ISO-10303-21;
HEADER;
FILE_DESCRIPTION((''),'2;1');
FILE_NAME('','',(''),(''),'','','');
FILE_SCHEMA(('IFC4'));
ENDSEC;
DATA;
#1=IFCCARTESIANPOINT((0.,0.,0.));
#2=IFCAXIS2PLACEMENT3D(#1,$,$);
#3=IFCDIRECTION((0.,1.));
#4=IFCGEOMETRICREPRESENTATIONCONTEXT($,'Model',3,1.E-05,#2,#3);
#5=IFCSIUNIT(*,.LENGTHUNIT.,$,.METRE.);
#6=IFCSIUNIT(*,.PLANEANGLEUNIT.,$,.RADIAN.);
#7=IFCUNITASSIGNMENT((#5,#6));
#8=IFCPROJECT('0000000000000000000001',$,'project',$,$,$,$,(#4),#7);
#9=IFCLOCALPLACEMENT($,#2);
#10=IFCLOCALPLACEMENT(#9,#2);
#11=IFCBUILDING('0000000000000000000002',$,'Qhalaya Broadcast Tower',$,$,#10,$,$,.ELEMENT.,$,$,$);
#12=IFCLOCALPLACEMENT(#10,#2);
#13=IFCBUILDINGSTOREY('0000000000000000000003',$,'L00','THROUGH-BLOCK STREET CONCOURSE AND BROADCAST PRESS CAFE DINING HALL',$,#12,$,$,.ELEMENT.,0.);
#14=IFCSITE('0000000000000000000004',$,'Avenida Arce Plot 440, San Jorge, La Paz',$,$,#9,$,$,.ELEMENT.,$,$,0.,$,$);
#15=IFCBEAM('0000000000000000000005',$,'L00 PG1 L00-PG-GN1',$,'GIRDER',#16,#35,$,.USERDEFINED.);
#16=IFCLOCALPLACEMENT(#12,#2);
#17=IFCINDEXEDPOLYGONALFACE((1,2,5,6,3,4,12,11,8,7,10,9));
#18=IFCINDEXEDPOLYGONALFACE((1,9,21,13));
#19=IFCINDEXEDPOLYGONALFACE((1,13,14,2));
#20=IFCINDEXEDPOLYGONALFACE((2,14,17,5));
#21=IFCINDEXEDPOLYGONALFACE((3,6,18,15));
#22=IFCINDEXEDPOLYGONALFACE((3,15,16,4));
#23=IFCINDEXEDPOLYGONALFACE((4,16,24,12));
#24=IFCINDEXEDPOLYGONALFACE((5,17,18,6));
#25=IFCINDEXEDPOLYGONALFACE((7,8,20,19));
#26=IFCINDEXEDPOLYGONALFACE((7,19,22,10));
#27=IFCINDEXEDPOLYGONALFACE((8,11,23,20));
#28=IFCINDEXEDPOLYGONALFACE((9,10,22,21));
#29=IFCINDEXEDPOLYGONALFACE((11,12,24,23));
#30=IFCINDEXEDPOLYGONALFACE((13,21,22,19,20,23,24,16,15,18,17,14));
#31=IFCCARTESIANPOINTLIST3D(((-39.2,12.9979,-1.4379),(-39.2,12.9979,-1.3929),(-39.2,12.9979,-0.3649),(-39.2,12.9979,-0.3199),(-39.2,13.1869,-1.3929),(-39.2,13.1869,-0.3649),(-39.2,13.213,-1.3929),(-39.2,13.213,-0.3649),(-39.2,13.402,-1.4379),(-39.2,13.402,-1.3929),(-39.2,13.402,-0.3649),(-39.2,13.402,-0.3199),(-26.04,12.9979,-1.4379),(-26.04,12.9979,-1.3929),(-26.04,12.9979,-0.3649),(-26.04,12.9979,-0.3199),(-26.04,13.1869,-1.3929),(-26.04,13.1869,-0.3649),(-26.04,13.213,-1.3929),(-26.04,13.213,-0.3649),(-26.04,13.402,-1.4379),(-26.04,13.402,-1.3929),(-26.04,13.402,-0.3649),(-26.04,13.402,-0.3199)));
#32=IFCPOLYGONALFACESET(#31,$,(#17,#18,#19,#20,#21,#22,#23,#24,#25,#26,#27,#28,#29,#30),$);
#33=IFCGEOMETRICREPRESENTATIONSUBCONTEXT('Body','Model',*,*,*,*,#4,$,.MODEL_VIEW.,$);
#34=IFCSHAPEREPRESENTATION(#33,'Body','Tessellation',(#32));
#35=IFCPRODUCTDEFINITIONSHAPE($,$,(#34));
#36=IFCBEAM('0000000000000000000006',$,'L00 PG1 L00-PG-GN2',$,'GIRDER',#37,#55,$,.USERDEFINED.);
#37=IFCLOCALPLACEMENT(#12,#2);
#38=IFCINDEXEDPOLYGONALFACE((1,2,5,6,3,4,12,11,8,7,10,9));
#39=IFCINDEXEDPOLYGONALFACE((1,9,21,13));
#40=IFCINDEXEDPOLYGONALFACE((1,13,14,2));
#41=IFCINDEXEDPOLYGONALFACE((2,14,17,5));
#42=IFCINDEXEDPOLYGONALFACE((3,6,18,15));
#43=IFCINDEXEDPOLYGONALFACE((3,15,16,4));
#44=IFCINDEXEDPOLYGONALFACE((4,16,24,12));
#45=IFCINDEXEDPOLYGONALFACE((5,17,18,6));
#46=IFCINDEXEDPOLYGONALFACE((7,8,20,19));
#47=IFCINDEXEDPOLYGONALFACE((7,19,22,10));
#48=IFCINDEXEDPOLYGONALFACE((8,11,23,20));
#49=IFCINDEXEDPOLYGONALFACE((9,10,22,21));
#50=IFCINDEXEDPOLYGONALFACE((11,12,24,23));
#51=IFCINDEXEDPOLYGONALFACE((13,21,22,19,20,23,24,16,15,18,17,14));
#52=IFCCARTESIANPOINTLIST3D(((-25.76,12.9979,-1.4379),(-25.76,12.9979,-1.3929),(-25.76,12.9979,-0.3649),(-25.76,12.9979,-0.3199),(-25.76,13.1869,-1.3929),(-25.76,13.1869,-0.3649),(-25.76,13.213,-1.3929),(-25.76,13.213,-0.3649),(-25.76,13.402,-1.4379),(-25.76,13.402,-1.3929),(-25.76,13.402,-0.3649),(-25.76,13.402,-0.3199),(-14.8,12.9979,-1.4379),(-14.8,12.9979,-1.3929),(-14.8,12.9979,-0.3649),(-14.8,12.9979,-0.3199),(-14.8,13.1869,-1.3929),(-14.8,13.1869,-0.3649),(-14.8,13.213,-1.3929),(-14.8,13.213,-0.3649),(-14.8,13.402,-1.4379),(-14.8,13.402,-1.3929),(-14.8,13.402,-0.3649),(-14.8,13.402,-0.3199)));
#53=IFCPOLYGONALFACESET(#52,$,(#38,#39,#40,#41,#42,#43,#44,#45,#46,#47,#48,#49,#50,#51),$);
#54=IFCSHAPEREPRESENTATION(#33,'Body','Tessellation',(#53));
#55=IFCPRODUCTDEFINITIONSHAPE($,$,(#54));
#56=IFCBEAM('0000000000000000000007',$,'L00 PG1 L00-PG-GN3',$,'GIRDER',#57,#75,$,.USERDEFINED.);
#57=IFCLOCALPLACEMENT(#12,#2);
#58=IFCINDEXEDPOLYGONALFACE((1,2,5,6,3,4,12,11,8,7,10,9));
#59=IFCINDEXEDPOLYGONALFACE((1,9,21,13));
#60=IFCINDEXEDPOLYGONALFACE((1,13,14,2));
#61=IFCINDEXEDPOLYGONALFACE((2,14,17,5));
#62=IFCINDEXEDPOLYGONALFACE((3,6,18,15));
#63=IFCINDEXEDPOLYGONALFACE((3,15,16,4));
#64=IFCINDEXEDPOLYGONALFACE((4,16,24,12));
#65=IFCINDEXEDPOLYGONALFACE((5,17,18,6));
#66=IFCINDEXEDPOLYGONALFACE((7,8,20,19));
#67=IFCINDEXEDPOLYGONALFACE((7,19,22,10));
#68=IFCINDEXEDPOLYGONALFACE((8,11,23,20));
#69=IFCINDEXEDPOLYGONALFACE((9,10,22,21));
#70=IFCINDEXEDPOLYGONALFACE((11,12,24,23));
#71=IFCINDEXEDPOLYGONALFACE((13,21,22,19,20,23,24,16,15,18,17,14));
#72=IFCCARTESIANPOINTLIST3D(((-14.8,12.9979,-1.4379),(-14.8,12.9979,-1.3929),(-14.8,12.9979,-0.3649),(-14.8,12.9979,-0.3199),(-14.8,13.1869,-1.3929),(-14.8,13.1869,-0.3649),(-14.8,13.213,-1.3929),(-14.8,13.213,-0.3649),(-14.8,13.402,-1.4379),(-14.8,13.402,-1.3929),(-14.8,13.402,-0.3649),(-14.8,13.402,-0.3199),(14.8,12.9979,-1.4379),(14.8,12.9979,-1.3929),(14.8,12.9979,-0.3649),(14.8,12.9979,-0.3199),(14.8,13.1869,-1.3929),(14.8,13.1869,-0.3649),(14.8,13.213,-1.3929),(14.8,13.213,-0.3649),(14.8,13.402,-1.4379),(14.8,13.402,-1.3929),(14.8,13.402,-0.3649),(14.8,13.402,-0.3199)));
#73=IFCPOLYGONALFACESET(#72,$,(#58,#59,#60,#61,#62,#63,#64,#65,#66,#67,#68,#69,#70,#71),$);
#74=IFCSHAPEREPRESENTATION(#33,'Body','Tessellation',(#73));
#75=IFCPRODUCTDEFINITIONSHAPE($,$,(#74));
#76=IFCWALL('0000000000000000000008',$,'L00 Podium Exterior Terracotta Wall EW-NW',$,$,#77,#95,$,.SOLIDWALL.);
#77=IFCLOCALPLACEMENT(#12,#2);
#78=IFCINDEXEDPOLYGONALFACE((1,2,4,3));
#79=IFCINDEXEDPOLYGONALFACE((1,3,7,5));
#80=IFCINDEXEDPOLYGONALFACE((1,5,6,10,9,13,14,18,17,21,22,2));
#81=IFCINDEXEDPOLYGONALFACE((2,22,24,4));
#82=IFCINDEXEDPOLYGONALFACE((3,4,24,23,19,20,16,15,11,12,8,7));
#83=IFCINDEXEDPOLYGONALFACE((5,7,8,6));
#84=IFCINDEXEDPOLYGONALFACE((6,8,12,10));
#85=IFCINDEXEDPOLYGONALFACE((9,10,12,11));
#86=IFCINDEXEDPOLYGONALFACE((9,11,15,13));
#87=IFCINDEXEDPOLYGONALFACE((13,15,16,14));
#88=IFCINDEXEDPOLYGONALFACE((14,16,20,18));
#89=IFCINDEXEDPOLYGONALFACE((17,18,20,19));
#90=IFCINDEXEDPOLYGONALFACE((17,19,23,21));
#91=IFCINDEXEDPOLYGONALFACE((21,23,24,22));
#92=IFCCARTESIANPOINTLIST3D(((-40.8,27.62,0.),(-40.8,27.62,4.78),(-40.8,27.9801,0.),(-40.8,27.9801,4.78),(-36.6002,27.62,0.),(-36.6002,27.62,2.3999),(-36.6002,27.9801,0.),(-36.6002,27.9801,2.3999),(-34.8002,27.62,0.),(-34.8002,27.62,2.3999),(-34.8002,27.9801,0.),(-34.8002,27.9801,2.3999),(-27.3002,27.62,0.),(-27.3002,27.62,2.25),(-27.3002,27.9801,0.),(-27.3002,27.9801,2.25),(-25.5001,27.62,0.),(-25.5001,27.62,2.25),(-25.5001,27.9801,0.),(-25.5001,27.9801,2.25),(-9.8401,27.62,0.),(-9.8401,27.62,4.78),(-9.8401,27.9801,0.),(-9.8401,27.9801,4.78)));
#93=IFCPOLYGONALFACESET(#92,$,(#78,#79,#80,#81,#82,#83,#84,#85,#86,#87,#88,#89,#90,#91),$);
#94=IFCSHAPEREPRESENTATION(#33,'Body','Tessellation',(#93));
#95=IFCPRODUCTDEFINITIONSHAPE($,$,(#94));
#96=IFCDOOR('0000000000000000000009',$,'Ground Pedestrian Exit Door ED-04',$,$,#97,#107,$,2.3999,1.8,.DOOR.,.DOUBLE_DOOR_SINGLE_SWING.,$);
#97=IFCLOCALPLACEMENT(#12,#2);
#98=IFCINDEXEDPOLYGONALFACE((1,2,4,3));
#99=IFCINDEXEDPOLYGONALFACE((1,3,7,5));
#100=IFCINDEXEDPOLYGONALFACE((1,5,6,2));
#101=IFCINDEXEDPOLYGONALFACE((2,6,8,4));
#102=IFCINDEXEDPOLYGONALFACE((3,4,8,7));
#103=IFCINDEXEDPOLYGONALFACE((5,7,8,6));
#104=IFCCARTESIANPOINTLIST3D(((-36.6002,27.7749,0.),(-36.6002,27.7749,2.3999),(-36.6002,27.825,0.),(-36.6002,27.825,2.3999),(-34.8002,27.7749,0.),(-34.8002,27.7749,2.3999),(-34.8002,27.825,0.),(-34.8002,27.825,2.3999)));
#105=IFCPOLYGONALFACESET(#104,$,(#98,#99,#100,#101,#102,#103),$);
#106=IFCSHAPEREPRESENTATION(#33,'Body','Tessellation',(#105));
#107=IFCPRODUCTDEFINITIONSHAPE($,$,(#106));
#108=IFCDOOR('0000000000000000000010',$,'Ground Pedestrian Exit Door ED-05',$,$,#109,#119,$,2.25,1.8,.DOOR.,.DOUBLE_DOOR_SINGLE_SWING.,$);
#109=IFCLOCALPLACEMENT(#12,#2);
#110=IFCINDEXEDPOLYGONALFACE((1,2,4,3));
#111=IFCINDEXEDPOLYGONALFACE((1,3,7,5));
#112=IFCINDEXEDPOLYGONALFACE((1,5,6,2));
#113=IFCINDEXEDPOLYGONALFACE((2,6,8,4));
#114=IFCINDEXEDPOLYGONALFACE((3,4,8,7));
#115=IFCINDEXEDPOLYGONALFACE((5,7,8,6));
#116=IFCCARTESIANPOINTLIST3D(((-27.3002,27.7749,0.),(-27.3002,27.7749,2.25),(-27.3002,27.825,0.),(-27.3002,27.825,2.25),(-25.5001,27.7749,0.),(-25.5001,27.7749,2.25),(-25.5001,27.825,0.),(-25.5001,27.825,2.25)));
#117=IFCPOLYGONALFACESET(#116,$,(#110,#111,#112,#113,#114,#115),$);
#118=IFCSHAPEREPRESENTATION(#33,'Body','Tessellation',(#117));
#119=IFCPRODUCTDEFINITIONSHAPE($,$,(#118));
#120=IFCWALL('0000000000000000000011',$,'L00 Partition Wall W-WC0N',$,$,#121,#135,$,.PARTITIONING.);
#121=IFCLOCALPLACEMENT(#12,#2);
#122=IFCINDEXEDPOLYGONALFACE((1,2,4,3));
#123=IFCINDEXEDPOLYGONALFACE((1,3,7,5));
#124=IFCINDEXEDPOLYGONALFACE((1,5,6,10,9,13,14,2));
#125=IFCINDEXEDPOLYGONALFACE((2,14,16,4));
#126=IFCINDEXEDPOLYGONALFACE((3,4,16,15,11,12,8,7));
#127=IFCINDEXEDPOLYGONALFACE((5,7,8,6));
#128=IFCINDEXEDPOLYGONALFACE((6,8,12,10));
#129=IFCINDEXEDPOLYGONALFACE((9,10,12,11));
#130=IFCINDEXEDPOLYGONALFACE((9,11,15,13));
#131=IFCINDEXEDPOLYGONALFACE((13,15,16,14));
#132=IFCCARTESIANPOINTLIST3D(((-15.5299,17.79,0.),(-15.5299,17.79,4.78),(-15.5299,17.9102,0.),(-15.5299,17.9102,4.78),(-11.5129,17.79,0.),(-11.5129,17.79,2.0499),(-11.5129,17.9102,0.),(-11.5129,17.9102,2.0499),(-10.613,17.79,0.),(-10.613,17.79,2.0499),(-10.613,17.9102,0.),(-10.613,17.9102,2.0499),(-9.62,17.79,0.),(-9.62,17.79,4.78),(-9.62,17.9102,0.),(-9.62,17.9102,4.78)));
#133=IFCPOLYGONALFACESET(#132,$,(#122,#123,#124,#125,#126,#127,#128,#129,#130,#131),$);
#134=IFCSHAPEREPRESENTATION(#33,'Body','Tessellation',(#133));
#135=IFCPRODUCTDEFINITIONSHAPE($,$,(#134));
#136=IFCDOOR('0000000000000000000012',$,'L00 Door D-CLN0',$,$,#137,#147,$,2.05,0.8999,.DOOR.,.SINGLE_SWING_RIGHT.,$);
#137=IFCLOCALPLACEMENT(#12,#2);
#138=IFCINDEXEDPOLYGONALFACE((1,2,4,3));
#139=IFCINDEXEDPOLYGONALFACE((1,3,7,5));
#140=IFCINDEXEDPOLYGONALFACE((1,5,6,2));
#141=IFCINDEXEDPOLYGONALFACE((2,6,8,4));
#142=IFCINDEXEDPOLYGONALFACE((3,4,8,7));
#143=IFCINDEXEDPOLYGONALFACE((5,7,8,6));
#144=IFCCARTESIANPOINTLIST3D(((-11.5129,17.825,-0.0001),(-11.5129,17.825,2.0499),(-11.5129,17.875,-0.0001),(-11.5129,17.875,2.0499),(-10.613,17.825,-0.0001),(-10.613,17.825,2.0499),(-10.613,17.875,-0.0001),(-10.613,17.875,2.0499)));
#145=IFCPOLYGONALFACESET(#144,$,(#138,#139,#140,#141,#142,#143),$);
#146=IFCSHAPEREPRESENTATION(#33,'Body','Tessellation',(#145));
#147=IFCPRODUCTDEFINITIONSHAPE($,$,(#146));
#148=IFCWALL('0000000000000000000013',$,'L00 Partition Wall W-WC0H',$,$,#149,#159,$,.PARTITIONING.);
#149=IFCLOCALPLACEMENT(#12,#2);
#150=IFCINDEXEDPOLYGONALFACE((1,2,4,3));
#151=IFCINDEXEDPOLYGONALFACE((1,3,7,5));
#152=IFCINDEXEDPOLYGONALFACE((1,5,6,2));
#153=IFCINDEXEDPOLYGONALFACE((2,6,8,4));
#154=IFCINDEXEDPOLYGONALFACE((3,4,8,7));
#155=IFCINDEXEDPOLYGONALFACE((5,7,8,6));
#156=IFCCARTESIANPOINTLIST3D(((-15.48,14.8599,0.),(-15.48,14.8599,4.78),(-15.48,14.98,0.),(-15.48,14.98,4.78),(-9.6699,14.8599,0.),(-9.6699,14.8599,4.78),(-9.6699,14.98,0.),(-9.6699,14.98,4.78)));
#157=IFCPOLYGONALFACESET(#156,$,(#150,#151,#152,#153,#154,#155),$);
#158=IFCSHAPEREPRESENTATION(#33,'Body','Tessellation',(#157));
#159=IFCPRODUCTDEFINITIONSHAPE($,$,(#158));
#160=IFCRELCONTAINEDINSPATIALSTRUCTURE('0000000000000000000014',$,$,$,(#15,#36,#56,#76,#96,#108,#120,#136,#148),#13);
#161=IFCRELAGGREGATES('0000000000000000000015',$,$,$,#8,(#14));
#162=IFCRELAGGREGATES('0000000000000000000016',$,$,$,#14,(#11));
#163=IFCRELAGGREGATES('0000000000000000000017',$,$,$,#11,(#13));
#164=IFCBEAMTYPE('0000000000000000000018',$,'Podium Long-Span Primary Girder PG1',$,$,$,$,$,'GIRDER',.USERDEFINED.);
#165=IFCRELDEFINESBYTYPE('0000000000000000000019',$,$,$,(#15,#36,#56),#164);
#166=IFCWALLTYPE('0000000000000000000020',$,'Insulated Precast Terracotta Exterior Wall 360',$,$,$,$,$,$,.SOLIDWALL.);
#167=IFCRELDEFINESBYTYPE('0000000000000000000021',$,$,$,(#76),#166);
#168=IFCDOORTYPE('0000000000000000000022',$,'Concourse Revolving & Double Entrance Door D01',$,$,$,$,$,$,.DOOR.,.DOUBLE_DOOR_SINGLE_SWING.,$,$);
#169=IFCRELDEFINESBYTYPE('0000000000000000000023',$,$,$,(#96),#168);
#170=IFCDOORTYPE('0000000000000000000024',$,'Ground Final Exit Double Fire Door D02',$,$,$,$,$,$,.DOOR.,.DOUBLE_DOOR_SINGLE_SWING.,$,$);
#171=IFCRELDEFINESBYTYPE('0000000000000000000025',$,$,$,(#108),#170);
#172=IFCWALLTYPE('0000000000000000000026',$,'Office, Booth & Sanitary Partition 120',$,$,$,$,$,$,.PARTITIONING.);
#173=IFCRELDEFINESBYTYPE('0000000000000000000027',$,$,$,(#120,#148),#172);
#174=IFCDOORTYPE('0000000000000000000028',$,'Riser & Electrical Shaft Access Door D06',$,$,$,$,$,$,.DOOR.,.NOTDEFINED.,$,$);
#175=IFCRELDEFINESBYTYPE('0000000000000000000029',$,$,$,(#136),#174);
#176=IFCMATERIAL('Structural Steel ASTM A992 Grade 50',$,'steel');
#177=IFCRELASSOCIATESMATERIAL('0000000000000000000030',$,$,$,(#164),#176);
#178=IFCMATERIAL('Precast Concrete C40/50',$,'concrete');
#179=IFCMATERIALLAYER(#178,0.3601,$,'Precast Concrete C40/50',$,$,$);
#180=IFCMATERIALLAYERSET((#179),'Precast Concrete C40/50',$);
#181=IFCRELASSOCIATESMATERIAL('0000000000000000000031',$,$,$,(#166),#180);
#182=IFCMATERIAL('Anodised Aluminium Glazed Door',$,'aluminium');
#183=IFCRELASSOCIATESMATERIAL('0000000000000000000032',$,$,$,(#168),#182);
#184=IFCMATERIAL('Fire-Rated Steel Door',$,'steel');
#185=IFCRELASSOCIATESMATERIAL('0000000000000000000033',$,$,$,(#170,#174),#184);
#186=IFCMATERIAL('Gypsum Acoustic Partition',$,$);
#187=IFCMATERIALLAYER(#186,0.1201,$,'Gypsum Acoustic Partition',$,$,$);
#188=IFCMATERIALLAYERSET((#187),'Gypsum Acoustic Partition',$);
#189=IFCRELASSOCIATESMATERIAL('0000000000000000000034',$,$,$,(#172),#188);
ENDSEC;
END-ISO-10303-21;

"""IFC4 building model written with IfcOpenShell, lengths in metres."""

from ifc_helpers import new_model, si_unit, direction, frame, frame_2d, origin, origin_2d, place, context, subcontext, project, spatial, rectangle, i_section, extrude, material, layer, layer_set, material_profile, profile_set, type_object, element, fill, save


model = new_model("IFC4")

# Units and contexts
model_context = context("Model", 3, precision=1e-05, world=origin(), true_north=direction((0.0, 1.0)))
body_context = subcontext(model_context, "Body", "Model", "MODEL_VIEW")
ifc_project = project(units=[si_unit("LENGTHUNIT", "METRE"), si_unit("PLANEANGLEUNIT", "RADIAN")], contexts=[model_context])

# Site, building, storey
site_placement = place(None, origin())
site = spatial("IfcSite", under=ifc_project, at=site_placement, Name="Avenida Arce Plot 440, San Jorge, La Paz", CompositionType="ELEMENT", RefElevation=0.0)
building_placement = place(site_placement, origin())
building = spatial("IfcBuilding", under=site, at=building_placement, Name="Qhalaya Broadcast Tower", CompositionType="ELEMENT")
storey_placement = place(building_placement, origin())
storey = spatial("IfcBuildingStorey", under=building, at=storey_placement, Name="L00", Description="THROUGH-BLOCK STREET CONCOURSE AND BROADCAST PRESS CAFE DINING HALL", CompositionType="ELEMENT", Elevation=0.0)

# Beams
ifc_material_1 = material(Name="Structural Steel ASTM A992 Grade 50", Category="steel")
ifc_material_profile_1 = material_profile(ifc_material_1, i_section(OverallWidth=0.4041, OverallDepth=1.1179, WebThickness=0.0261, FlangeThickness=0.0449, at=origin_2d()), Name="W44X335")
ifc_profile_set_1 = profile_set([ifc_material_profile_1], Name="Structural Steel ASTM A992 Grade 50")
beam_type_1 = type_object("IfcBeamType", Name="Podium Long-Span Primary Girder PG1", ElementType="GIRDER", PredefinedType="USERDEFINED", material=ifc_profile_set_1)
beam_1_placement = place(storey_placement, frame((-39.2, 13.2, -0.8789), z_axis=(1.0, 0.0, 0.0), x_axis=(0.0, 1.0, 0.0)))
element("IfcBeam", 1, at=beam_1_placement, inside=storey, type_object=beam_type_1, Name="L00 PG1 L00-PG-GN1", ObjectType="GIRDER", PredefinedType="USERDEFINED", context=body_context, shape_type="SweptSolid", body=[
    extrude(i_section(OverallWidth=0.4041, OverallDepth=1.1179, WebThickness=0.0261, FlangeThickness=0.0449, at=origin_2d()), origin(), (0.0, 0.0, 1.0), 13.1599),
])
beam_2_placement = place(storey_placement, frame((-25.76, 13.2, -0.8789), z_axis=(1.0, 0.0, 0.0), x_axis=(0.0, 1.0, 0.0)))
element("IfcBeam", 2, at=beam_2_placement, inside=storey, type_object=beam_type_1, Name="L00 PG1 L00-PG-GN2", ObjectType="GIRDER", PredefinedType="USERDEFINED", context=body_context, shape_type="SweptSolid", body=[
    extrude(i_section(OverallWidth=0.4041, OverallDepth=1.1179, WebThickness=0.0261, FlangeThickness=0.0449, at=origin_2d()), origin(), (0.0, 0.0, 1.0), 10.96),
])
beam_3_placement = place(storey_placement, frame((-14.8, 13.2, -0.8789), z_axis=(1.0, 0.0, 0.0), x_axis=(0.0, 1.0, 0.0)))
element("IfcBeam", 3, at=beam_3_placement, inside=storey, type_object=beam_type_1, Name="L00 PG1 L00-PG-GN3", ObjectType="GIRDER", PredefinedType="USERDEFINED", context=body_context, shape_type="SweptSolid", body=[
    extrude(i_section(OverallWidth=0.4041, OverallDepth=1.1179, WebThickness=0.0261, FlangeThickness=0.0449, at=origin_2d()), origin(), (0.0, 0.0, 1.0), 29.6001),
])

# Wall, openings, doors
ifc_material_2 = material(Name="Precast Concrete C40/50", Category="concrete")
ifc_layer_1 = layer(ifc_material_2, 0.3601, Name="Precast Concrete C40/50")
ifc_layer_set_1 = layer_set([ifc_layer_1], Name="Precast Concrete C40/50")
wall_type_1 = type_object("IfcWallType", Name="Insulated Precast Terracotta Exterior Wall 360", PredefinedType="SOLIDWALL", material=ifc_layer_set_1)
wall_1_placement = place(storey_placement, frame((-40.8, 27.8, 0.0), z_axis=(0.0, 0.0, 1.0), x_axis=(1.0, 0.0, 0.0)))
wall_1 = element("IfcWall", 4, at=wall_1_placement, inside=storey, type_object=wall_type_1, Name="L00 Podium Exterior Terracotta Wall EW-NW", PredefinedType="SOLIDWALL", context=body_context, shape_type="SweptSolid", body=[
    extrude(rectangle(XDim=30.96, YDim=0.3601, at=frame_2d((15.48, 0.0))), origin(), (0.0, 0.0, 1.0), 4.78),
])
opening_1_placement = place(wall_1_placement, frame((4.2, 0.0, 0.0)))
opening_1 = element("IfcOpeningElement", 5, at=opening_1_placement, cuts=wall_1, PredefinedType="OPENING", context=body_context, shape_type="SweptSolid", body=[
    extrude(rectangle(XDim=1.8, YDim=2.3999, at=frame_2d((0.8999, 1.2))), frame((0.0, 0.1921, 0.0), z_axis=(0.0, -1.0, 0.0), x_axis=(1.0, 0.0, 0.0)), (0.0, 0.0, 1.0), 0.384),
])
opening_2_placement = place(wall_1_placement, frame((13.5, 0.0, 0.0)))
opening_2 = element("IfcOpeningElement", 6, at=opening_2_placement, cuts=wall_1, PredefinedType="OPENING", context=body_context, shape_type="SweptSolid", body=[
    extrude(rectangle(XDim=1.8, YDim=2.25, at=frame_2d((0.8999, 1.125))), frame((0.0, 0.1921, 0.0), z_axis=(0.0, -1.0, 0.0), x_axis=(1.0, 0.0, 0.0)), (0.0, 0.0, 1.0), 0.384),
])
ifc_material_3 = material(Name="Anodised Aluminium Glazed Door", Category="aluminium")
door_type_1 = type_object("IfcDoorType", Name="Concourse Revolving & Double Entrance Door D01", OperationType="DOUBLE_DOOR_SINGLE_SWING", PredefinedType="DOOR", material=ifc_material_3)
door_1_placement = place(opening_1_placement, origin())
door_1 = element("IfcDoor", 7, at=door_1_placement, inside=storey, type_object=door_type_1, Name="Ground Pedestrian Exit Door ED-04", OperationType="DOUBLE_DOOR_SINGLE_SWING", OverallHeight=2.3999, OverallWidth=1.8, PredefinedType="DOOR", context=body_context, shape_type="SweptSolid", body=[
    extrude(rectangle(XDim=1.8, YDim=2.3999, at=frame_2d((0.8999, 1.2))), frame((0.0, 0.0249, 0.0), z_axis=(0.0, -1.0, 0.0), x_axis=(1.0, 0.0, 0.0)), (0.0, 0.0, 1.0), 0.05),
])
fill(opening_1, door_1)
ifc_material_4 = material(Name="Fire-Rated Steel Door", Category="steel")
door_type_2 = type_object("IfcDoorType", Name="Ground Final Exit Double Fire Door D02", OperationType="DOUBLE_DOOR_SINGLE_SWING", PredefinedType="DOOR", material=ifc_material_4)
door_2_placement = place(opening_2_placement, origin())
door_2 = element("IfcDoor", 8, at=door_2_placement, inside=storey, type_object=door_type_2, Name="Ground Pedestrian Exit Door ED-05", OperationType="DOUBLE_DOOR_SINGLE_SWING", OverallHeight=2.25, OverallWidth=1.8, PredefinedType="DOOR", context=body_context, shape_type="SweptSolid", body=[
    extrude(rectangle(XDim=1.8, YDim=2.25, at=frame_2d((0.8999, 1.125))), frame((0.0, 0.0249, 0.0), z_axis=(0.0, -1.0, 0.0), x_axis=(1.0, 0.0, 0.0)), (0.0, 0.0, 1.0), 0.05),
])
fill(opening_2, door_2)

# Wall, opening, door
ifc_material_5 = material(Name="Gypsum Acoustic Partition")
ifc_layer_2 = layer(ifc_material_5, 0.1201, Name="Gypsum Acoustic Partition")
ifc_layer_set_2 = layer_set([ifc_layer_2], Name="Gypsum Acoustic Partition")
wall_type_2 = type_object("IfcWallType", Name="Office, Booth & Sanitary Partition 120", PredefinedType="PARTITIONING", material=ifc_layer_set_2)
wall_2_placement = place(storey_placement, frame((-15.53, 17.8501, 0.0), z_axis=(0.0, 0.0, 1.0), x_axis=(1.0, 0.0, 0.0)))
wall_2 = element("IfcWall", 9, at=wall_2_placement, inside=storey, type_object=wall_type_2, Name="L00 Partition Wall W-WC0N", PredefinedType="PARTITIONING", context=body_context, shape_type="SweptSolid", body=[
    extrude(rectangle(XDim=5.9099, YDim=0.1201, at=frame_2d((2.9551, 0.0))), origin(), (0.0, 0.0, 1.0), 4.78),
])
opening_3_placement = place(wall_2_placement, frame((4.0171, 0.0, 0.0)))
opening_3 = element("IfcOpeningElement", 10, at=opening_3_placement, cuts=wall_2, PredefinedType="OPENING", context=body_context, shape_type="SweptSolid", body=[
    extrude(rectangle(XDim=0.8999, YDim=2.05, at=frame_2d((0.45, 1.0249))), frame((0.0, 0.072, 0.0), z_axis=(0.0, -1.0, 0.0), x_axis=(1.0, 0.0, 0.0)), (0.0, 0.0, 1.0), 0.144),
])
door_type_3 = type_object("IfcDoorType", Name="Riser & Electrical Shaft Access Door D06", OperationType="NOTDEFINED", PredefinedType="DOOR", material=ifc_material_4)
door_3_placement = place(opening_3_placement, origin())
door_3 = element("IfcDoor", 11, at=door_3_placement, inside=storey, type_object=door_type_3, Name="L00 Door D-CLN0", OperationType="SINGLE_SWING_RIGHT", OverallHeight=2.05, OverallWidth=0.8999, PredefinedType="DOOR", context=body_context, shape_type="SweptSolid", body=[
    extrude(rectangle(XDim=0.8999, YDim=2.05, at=frame_2d((0.45, 1.0249))), frame((0.0, 0.0249, 0.0), z_axis=(0.0, -1.0, 0.0), x_axis=(1.0, 0.0, 0.0)), (0.0, 0.0, 1.0), 0.05),
])
fill(opening_3, door_3)

# Wall
wall_3_placement = place(storey_placement, frame((-15.48, 14.9199, 0.0), z_axis=(0.0, 0.0, 1.0), x_axis=(1.0, 0.0, 0.0)))
element("IfcWall", 12, at=wall_3_placement, inside=storey, type_object=wall_type_2, Name="L00 Partition Wall W-WC0H", PredefinedType="PARTITIONING", context=body_context, shape_type="SweptSolid", body=[
    extrude(rectangle(XDim=5.8101, YDim=0.1201, at=frame_2d((2.905, 0.0))), origin(), (0.0, 0.0, 1.0), 4.78),
])

save(model, "model.ifc")
